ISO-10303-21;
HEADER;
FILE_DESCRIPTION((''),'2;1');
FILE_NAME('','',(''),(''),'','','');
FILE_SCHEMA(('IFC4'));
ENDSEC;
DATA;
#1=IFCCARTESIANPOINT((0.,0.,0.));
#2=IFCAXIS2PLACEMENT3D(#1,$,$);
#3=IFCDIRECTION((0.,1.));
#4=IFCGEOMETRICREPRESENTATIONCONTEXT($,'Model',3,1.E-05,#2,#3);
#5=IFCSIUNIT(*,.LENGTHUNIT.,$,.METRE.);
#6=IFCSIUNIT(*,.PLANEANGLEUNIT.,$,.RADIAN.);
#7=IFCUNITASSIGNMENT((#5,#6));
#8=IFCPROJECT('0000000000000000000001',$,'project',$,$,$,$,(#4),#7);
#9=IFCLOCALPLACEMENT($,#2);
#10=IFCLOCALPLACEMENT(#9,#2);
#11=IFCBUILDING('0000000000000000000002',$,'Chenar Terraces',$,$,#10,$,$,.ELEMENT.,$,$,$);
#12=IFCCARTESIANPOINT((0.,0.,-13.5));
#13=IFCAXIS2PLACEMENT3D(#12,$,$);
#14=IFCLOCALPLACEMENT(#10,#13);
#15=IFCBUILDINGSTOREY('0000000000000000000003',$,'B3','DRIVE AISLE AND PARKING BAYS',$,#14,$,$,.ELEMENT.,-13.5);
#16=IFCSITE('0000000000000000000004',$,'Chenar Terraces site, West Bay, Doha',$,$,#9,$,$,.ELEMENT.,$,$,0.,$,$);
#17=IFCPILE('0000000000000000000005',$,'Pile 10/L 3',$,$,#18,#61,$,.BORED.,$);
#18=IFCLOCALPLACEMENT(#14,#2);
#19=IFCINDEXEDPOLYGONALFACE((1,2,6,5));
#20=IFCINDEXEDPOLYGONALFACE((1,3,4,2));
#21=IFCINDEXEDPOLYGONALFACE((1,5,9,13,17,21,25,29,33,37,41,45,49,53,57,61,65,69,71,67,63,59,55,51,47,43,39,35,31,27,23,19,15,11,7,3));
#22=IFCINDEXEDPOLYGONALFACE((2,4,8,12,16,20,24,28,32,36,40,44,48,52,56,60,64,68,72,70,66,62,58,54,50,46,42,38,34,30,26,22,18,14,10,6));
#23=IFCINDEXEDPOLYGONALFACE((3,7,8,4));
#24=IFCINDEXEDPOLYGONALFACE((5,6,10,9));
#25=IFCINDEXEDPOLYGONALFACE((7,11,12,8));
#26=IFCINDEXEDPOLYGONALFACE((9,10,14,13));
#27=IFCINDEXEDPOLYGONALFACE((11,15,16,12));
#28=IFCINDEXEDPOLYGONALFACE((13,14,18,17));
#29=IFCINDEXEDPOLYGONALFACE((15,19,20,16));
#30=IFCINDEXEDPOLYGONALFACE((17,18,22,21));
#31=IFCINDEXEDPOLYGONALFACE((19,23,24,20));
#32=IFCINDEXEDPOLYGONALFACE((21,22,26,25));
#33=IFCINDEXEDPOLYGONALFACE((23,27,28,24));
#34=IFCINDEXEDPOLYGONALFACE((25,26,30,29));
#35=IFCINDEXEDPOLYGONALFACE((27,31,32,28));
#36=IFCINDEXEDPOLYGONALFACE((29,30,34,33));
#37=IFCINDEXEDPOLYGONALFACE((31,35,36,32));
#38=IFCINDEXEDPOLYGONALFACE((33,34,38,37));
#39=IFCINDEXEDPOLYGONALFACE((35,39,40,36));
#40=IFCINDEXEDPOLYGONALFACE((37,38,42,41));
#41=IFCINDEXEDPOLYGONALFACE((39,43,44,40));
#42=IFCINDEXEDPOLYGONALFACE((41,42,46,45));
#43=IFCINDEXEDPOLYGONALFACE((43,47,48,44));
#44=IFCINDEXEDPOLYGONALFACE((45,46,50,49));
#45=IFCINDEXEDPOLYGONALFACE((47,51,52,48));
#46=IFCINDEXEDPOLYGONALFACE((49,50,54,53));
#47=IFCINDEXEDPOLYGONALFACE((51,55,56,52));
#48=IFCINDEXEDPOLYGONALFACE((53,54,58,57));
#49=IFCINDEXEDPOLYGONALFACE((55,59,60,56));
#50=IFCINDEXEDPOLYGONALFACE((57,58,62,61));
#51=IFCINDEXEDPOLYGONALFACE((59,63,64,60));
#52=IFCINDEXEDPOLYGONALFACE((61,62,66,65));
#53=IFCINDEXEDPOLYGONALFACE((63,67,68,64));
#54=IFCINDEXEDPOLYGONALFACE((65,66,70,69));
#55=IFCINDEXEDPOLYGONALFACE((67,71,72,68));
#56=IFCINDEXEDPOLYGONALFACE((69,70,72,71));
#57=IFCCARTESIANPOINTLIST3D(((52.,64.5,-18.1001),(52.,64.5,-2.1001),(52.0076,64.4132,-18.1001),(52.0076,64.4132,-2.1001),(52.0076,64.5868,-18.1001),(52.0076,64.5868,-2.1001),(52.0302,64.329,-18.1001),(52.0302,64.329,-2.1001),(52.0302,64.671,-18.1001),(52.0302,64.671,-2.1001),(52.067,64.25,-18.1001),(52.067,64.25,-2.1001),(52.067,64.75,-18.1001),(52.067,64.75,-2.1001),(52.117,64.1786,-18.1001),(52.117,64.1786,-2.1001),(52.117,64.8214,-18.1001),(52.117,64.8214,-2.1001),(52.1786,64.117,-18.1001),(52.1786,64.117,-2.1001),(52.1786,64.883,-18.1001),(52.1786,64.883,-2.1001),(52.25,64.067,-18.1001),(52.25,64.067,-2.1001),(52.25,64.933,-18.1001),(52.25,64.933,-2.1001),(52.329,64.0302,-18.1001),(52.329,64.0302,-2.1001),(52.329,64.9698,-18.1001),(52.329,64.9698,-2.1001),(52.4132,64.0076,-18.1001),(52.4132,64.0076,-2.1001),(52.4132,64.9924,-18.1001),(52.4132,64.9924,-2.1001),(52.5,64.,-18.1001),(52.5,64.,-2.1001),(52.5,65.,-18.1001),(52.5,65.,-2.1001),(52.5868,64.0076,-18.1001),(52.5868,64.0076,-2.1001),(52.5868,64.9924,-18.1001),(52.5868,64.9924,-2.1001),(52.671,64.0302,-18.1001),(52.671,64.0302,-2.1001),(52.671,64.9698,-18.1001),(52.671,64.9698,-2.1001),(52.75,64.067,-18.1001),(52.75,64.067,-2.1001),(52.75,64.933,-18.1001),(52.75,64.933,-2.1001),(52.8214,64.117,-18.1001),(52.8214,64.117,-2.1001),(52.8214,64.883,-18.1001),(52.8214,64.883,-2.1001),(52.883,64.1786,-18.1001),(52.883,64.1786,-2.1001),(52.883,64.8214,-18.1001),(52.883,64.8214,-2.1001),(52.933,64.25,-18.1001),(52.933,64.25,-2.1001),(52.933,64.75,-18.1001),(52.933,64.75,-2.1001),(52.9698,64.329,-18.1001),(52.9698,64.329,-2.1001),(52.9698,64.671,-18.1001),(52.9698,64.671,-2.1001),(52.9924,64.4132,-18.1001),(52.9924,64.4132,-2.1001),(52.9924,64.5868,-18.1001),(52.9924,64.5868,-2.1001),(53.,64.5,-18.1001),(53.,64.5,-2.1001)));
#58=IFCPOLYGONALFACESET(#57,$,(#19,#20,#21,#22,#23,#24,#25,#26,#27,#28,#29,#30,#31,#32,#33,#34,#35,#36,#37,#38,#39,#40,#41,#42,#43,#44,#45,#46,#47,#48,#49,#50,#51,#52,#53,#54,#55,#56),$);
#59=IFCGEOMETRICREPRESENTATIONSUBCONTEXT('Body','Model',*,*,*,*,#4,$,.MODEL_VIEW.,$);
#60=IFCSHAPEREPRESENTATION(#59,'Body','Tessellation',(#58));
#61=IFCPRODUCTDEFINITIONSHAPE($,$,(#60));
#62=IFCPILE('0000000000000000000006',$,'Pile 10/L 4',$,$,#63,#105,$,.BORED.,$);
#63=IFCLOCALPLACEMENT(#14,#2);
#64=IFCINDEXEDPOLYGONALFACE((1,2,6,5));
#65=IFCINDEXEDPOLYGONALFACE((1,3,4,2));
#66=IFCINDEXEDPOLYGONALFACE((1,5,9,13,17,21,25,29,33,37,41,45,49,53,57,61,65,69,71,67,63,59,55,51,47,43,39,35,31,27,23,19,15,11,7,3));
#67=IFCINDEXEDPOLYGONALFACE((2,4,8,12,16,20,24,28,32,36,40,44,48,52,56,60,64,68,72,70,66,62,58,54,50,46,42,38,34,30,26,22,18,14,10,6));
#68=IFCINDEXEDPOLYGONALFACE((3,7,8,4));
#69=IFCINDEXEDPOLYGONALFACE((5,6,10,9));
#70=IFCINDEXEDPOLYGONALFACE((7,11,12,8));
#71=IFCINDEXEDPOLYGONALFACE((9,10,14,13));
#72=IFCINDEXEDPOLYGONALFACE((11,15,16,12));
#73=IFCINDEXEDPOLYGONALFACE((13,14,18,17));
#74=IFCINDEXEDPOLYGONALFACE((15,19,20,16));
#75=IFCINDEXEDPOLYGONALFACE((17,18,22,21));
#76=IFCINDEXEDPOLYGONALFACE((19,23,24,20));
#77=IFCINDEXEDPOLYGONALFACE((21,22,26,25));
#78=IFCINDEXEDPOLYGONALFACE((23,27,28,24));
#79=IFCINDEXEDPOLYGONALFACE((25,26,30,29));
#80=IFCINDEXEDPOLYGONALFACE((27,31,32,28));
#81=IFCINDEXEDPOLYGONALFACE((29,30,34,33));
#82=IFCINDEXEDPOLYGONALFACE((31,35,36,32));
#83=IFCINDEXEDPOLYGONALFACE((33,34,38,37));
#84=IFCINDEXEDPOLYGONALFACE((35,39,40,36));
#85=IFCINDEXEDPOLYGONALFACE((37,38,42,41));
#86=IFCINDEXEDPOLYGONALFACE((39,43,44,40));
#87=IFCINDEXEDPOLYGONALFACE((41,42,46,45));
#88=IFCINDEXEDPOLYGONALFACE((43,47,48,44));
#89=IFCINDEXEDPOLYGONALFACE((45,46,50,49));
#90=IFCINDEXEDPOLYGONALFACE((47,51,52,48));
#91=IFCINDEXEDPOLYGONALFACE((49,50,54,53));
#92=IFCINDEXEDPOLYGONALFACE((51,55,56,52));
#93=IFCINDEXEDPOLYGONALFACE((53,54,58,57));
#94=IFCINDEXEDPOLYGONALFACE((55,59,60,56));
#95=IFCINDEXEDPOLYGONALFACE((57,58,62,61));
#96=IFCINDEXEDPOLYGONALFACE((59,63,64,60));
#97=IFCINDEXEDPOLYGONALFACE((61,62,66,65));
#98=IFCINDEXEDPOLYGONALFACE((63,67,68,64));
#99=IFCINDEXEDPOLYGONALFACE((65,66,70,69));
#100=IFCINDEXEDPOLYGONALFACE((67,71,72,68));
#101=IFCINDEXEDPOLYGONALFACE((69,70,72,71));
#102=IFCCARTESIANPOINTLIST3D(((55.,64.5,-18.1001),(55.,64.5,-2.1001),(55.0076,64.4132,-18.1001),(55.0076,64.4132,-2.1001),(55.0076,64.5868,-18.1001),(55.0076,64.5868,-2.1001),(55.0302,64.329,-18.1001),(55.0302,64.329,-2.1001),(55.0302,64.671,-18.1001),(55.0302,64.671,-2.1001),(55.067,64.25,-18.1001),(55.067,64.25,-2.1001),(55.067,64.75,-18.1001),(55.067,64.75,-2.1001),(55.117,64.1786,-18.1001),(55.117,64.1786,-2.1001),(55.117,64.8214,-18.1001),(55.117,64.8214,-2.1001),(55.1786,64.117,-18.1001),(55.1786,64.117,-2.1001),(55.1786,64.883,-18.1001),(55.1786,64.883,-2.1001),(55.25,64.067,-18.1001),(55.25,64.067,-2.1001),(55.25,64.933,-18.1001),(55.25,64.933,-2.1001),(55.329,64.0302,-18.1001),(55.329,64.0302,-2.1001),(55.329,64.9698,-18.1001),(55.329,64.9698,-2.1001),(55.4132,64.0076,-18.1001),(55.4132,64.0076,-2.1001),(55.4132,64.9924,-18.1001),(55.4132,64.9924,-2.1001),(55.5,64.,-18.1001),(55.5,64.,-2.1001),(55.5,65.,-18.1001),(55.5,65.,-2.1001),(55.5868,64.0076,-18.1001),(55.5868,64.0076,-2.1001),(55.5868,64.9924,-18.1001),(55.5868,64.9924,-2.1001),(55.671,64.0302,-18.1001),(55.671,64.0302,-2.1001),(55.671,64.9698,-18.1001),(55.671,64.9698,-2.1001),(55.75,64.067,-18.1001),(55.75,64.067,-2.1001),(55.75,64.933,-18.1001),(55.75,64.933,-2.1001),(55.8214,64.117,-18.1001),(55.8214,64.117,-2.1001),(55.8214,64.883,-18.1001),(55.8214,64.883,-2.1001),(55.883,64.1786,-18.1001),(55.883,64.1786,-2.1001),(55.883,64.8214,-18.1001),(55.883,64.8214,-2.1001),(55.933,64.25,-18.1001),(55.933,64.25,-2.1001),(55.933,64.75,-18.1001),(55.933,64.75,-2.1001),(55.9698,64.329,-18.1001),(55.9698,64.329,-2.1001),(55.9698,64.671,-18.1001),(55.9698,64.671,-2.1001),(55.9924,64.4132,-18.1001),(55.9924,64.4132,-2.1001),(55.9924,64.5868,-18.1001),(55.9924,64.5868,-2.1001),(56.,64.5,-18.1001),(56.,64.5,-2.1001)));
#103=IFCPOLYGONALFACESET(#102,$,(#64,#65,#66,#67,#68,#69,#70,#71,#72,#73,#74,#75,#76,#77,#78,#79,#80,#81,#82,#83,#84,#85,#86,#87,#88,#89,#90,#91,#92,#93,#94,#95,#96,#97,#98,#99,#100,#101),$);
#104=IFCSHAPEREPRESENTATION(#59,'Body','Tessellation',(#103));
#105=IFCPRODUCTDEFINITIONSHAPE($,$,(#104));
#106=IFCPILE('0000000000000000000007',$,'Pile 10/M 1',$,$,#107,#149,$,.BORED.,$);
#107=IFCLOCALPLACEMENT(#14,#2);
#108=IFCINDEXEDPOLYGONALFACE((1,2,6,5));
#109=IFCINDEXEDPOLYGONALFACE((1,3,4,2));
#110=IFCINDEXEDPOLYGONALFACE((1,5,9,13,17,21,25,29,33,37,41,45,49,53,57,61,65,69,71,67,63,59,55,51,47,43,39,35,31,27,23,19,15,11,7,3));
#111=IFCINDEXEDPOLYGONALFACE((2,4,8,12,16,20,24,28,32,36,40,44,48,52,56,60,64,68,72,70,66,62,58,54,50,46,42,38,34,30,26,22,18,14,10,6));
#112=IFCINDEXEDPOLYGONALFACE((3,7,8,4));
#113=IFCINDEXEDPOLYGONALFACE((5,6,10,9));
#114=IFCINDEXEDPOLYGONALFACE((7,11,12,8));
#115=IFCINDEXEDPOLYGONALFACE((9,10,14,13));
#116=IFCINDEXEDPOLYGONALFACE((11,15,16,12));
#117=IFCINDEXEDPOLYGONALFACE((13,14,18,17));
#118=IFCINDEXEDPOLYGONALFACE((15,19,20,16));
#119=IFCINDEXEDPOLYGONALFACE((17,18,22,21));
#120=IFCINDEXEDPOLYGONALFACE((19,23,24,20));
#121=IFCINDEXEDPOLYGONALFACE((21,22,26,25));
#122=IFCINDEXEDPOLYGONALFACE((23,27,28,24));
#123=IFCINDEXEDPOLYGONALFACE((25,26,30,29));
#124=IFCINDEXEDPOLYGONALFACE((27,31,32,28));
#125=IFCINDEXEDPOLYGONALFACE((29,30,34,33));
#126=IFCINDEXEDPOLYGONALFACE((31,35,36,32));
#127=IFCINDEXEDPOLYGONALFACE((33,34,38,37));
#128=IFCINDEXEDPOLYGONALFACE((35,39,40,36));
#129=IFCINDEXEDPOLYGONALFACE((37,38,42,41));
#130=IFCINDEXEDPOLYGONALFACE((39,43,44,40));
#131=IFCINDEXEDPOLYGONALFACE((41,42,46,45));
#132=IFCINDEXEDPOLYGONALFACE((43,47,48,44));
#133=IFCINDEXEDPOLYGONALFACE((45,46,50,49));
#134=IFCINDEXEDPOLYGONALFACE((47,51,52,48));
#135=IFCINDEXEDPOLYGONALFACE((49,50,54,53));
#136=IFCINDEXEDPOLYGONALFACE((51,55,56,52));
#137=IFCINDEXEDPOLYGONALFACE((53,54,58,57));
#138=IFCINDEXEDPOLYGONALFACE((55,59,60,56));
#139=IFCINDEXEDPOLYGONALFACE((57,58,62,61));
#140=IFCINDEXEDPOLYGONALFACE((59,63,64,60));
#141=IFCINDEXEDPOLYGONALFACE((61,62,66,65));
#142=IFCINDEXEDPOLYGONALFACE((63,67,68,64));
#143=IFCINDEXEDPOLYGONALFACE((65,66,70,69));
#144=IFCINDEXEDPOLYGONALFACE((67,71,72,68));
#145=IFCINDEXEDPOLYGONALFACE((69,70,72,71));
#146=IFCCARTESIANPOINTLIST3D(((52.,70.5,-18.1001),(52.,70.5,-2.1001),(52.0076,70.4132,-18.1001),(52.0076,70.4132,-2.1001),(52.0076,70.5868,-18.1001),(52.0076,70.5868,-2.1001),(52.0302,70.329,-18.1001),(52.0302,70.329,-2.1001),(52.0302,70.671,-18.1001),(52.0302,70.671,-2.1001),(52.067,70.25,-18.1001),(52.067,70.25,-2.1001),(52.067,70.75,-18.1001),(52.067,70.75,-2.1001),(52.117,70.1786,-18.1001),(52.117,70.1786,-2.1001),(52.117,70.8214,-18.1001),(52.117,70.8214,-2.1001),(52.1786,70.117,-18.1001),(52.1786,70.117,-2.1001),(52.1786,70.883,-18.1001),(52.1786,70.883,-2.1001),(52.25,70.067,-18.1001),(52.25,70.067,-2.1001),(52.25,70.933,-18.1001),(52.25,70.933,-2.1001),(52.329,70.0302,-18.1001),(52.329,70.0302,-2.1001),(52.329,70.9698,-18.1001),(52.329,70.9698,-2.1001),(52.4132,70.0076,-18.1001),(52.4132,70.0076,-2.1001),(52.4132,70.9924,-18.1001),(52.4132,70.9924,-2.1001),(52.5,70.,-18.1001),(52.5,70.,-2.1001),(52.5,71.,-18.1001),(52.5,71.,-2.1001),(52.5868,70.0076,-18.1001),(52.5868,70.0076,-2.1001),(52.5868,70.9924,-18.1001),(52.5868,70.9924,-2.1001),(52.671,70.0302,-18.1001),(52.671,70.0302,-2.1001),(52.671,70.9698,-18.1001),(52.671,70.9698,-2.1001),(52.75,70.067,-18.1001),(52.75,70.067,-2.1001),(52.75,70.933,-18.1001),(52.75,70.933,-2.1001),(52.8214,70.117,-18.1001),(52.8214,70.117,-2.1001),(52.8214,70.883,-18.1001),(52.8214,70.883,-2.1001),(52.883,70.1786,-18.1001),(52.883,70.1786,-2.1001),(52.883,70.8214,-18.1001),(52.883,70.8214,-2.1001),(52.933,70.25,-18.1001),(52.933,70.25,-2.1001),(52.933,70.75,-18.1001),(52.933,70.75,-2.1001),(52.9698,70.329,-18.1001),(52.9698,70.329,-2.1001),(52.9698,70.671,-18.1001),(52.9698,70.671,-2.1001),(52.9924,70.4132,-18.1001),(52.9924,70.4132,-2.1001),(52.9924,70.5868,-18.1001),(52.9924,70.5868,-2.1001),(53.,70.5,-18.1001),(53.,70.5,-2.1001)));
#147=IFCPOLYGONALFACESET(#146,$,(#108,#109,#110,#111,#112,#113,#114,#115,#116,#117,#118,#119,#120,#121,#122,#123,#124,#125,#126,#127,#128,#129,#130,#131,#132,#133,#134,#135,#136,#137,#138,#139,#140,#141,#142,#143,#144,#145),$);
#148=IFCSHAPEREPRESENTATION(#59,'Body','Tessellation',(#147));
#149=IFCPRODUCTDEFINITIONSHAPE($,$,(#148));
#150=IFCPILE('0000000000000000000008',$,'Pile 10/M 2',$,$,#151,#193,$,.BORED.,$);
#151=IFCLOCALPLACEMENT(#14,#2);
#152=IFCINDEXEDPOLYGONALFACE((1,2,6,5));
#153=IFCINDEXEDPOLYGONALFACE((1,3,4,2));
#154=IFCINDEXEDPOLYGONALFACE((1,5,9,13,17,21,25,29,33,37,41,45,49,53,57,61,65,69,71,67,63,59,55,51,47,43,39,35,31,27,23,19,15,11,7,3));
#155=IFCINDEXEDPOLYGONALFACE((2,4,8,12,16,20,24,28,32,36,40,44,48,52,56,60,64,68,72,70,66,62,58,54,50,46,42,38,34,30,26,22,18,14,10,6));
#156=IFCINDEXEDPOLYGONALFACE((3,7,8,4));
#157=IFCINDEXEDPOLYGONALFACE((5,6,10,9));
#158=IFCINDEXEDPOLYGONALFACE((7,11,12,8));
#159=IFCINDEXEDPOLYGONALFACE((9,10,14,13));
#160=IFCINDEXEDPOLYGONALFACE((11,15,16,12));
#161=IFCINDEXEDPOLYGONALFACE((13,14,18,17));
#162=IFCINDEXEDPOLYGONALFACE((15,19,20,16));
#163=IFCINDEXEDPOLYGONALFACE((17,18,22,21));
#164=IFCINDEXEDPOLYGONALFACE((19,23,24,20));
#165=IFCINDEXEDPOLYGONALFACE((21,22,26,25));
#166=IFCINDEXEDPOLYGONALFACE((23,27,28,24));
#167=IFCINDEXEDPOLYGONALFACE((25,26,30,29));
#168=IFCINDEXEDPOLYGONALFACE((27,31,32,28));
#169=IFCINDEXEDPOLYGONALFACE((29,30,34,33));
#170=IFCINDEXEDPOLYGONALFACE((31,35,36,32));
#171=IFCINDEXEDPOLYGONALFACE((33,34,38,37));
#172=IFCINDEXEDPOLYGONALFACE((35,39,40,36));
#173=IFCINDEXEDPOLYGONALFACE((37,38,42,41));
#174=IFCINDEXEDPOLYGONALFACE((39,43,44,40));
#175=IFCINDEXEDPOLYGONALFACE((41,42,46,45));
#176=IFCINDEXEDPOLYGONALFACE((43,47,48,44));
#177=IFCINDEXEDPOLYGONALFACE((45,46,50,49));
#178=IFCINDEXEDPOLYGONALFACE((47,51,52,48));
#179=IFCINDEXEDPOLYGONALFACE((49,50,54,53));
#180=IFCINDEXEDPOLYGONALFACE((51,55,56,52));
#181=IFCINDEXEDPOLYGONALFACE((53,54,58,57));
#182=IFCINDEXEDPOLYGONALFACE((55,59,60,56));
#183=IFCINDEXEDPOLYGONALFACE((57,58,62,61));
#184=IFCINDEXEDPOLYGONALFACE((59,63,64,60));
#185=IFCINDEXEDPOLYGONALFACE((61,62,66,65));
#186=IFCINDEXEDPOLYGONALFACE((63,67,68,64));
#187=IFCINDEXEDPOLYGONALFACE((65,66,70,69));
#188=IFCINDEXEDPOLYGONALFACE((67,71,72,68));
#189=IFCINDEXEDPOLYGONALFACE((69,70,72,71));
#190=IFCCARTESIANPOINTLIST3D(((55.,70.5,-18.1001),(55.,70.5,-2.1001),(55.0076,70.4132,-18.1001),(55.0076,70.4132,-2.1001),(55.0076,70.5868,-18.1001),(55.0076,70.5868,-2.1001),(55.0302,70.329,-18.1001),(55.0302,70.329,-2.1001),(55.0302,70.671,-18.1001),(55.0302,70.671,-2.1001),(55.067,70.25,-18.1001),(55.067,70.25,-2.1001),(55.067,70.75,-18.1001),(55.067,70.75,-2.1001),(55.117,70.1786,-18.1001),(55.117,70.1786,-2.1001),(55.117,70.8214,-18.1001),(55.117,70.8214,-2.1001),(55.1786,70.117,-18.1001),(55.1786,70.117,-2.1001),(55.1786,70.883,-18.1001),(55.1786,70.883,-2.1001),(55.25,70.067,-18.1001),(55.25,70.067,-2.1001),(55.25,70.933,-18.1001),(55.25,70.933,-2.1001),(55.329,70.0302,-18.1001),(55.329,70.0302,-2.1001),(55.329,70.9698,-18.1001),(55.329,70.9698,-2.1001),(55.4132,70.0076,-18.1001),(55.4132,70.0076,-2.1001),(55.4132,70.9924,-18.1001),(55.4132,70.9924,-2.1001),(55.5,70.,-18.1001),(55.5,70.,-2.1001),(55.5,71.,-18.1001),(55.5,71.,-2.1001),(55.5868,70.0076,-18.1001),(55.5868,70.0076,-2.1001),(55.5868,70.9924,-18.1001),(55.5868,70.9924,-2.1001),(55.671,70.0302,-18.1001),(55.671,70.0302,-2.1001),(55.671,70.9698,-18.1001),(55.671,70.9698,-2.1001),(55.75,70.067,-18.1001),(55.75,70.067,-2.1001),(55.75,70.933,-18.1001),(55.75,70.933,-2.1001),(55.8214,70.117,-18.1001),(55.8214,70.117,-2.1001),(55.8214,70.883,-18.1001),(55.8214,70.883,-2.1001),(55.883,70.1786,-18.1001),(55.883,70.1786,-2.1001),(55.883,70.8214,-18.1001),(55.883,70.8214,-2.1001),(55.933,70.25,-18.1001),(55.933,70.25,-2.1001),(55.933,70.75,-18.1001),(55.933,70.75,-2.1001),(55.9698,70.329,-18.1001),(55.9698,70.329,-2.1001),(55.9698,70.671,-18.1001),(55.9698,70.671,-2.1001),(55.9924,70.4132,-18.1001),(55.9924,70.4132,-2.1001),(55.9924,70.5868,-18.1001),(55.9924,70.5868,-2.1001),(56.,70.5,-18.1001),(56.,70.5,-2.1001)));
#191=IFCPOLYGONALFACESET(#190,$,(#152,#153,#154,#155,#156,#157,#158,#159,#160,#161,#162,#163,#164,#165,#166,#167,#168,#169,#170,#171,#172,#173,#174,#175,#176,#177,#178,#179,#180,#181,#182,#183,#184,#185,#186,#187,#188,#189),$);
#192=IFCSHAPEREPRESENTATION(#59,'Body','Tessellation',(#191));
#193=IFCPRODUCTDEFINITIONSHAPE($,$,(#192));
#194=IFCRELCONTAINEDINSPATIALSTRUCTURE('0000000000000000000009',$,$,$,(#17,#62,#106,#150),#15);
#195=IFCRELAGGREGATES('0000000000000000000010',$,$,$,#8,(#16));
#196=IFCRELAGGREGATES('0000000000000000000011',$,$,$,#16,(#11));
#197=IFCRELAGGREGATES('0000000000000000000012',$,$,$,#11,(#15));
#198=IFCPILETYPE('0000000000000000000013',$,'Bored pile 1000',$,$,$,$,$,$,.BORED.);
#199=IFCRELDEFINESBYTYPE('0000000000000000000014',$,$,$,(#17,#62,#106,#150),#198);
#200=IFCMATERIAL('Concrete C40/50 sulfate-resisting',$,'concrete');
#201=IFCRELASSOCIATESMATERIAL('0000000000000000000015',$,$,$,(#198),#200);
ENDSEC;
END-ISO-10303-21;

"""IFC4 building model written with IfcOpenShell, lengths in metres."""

from ifc_helpers import new_model, si_unit, direction, frame, origin, origin_2d, place, context, subcontext, project, spatial, circle, extrude, material, material_profile, profile_set, type_object, element, save


model = new_model("IFC4")

# Units and contexts
model_context = context("Model", 3, precision=1e-05, world=origin(), true_north=direction((0.0, 1.0)))
body_context = subcontext(model_context, "Body", "Model", "MODEL_VIEW")
ifc_project = project(units=[si_unit("LENGTHUNIT", "METRE"), si_unit("PLANEANGLEUNIT", "RADIAN")], contexts=[model_context])

# Site, building, storey
site_placement = place(None, origin())
site = spatial("IfcSite", under=ifc_project, at=site_placement, Name="Chenar Terraces site, West Bay, Doha", CompositionType="ELEMENT", RefElevation=0.0)
building_placement = place(site_placement, origin())
building = spatial("IfcBuilding", under=site, at=building_placement, Name="Chenar Terraces", CompositionType="ELEMENT")
storey_placement = place(building_placement, frame((0.0, 0.0, -13.5)))
storey = spatial("IfcBuildingStorey", under=building, at=storey_placement, Name="B3", Description="DRIVE AISLE AND PARKING BAYS", CompositionType="ELEMENT", Elevation=-13.5)

# Piles
ifc_material_1 = material(Name="Concrete C40/50 sulfate-resisting", Category="concrete")
ifc_material_profile_1 = material_profile(ifc_material_1, circle(Radius=0.5, at=origin_2d()), Name="BP 1000")
ifc_profile_set_1 = profile_set([ifc_material_profile_1], Name="Concrete C40/50 sulfate-resisting")
pile_type = type_object("IfcPileType", Name="Bored pile 1000", PredefinedType="BORED", material=ifc_profile_set_1)
for number, where, z_axis, x_axis, name in (
    (1, (52.5, 64.5, -2.1001), (0.0, 0.0, -1.0), (1.0, 0.0, 0.0), "Pile 10/L 3"),
    (2, (55.5, 64.5, -2.1001), (0.0, 0.0, -1.0), (1.0, 0.0, 0.0), "Pile 10/L 4"),
    (3, (52.5, 70.5, -2.1001), (0.0, 0.0, -1.0), (1.0, 0.0, 0.0), "Pile 10/M 1"),
    (4, (55.5, 70.5, -2.1001), (0.0, 0.0, -1.0), (1.0, 0.0, 0.0), "Pile 10/M 2"),
):
    element("IfcPile", number, at=place(storey_placement, frame(where, z_axis=z_axis, x_axis=x_axis)), inside=storey, type_object=pile_type, Name=name, PredefinedType="BORED", context=body_context, shape_type="SweptSolid", body=[
        extrude(circle(Radius=0.5, at=origin_2d()), origin(), (0.0, 0.0, 1.0), 16.0),
    ])

save(model, "model.ifc")
